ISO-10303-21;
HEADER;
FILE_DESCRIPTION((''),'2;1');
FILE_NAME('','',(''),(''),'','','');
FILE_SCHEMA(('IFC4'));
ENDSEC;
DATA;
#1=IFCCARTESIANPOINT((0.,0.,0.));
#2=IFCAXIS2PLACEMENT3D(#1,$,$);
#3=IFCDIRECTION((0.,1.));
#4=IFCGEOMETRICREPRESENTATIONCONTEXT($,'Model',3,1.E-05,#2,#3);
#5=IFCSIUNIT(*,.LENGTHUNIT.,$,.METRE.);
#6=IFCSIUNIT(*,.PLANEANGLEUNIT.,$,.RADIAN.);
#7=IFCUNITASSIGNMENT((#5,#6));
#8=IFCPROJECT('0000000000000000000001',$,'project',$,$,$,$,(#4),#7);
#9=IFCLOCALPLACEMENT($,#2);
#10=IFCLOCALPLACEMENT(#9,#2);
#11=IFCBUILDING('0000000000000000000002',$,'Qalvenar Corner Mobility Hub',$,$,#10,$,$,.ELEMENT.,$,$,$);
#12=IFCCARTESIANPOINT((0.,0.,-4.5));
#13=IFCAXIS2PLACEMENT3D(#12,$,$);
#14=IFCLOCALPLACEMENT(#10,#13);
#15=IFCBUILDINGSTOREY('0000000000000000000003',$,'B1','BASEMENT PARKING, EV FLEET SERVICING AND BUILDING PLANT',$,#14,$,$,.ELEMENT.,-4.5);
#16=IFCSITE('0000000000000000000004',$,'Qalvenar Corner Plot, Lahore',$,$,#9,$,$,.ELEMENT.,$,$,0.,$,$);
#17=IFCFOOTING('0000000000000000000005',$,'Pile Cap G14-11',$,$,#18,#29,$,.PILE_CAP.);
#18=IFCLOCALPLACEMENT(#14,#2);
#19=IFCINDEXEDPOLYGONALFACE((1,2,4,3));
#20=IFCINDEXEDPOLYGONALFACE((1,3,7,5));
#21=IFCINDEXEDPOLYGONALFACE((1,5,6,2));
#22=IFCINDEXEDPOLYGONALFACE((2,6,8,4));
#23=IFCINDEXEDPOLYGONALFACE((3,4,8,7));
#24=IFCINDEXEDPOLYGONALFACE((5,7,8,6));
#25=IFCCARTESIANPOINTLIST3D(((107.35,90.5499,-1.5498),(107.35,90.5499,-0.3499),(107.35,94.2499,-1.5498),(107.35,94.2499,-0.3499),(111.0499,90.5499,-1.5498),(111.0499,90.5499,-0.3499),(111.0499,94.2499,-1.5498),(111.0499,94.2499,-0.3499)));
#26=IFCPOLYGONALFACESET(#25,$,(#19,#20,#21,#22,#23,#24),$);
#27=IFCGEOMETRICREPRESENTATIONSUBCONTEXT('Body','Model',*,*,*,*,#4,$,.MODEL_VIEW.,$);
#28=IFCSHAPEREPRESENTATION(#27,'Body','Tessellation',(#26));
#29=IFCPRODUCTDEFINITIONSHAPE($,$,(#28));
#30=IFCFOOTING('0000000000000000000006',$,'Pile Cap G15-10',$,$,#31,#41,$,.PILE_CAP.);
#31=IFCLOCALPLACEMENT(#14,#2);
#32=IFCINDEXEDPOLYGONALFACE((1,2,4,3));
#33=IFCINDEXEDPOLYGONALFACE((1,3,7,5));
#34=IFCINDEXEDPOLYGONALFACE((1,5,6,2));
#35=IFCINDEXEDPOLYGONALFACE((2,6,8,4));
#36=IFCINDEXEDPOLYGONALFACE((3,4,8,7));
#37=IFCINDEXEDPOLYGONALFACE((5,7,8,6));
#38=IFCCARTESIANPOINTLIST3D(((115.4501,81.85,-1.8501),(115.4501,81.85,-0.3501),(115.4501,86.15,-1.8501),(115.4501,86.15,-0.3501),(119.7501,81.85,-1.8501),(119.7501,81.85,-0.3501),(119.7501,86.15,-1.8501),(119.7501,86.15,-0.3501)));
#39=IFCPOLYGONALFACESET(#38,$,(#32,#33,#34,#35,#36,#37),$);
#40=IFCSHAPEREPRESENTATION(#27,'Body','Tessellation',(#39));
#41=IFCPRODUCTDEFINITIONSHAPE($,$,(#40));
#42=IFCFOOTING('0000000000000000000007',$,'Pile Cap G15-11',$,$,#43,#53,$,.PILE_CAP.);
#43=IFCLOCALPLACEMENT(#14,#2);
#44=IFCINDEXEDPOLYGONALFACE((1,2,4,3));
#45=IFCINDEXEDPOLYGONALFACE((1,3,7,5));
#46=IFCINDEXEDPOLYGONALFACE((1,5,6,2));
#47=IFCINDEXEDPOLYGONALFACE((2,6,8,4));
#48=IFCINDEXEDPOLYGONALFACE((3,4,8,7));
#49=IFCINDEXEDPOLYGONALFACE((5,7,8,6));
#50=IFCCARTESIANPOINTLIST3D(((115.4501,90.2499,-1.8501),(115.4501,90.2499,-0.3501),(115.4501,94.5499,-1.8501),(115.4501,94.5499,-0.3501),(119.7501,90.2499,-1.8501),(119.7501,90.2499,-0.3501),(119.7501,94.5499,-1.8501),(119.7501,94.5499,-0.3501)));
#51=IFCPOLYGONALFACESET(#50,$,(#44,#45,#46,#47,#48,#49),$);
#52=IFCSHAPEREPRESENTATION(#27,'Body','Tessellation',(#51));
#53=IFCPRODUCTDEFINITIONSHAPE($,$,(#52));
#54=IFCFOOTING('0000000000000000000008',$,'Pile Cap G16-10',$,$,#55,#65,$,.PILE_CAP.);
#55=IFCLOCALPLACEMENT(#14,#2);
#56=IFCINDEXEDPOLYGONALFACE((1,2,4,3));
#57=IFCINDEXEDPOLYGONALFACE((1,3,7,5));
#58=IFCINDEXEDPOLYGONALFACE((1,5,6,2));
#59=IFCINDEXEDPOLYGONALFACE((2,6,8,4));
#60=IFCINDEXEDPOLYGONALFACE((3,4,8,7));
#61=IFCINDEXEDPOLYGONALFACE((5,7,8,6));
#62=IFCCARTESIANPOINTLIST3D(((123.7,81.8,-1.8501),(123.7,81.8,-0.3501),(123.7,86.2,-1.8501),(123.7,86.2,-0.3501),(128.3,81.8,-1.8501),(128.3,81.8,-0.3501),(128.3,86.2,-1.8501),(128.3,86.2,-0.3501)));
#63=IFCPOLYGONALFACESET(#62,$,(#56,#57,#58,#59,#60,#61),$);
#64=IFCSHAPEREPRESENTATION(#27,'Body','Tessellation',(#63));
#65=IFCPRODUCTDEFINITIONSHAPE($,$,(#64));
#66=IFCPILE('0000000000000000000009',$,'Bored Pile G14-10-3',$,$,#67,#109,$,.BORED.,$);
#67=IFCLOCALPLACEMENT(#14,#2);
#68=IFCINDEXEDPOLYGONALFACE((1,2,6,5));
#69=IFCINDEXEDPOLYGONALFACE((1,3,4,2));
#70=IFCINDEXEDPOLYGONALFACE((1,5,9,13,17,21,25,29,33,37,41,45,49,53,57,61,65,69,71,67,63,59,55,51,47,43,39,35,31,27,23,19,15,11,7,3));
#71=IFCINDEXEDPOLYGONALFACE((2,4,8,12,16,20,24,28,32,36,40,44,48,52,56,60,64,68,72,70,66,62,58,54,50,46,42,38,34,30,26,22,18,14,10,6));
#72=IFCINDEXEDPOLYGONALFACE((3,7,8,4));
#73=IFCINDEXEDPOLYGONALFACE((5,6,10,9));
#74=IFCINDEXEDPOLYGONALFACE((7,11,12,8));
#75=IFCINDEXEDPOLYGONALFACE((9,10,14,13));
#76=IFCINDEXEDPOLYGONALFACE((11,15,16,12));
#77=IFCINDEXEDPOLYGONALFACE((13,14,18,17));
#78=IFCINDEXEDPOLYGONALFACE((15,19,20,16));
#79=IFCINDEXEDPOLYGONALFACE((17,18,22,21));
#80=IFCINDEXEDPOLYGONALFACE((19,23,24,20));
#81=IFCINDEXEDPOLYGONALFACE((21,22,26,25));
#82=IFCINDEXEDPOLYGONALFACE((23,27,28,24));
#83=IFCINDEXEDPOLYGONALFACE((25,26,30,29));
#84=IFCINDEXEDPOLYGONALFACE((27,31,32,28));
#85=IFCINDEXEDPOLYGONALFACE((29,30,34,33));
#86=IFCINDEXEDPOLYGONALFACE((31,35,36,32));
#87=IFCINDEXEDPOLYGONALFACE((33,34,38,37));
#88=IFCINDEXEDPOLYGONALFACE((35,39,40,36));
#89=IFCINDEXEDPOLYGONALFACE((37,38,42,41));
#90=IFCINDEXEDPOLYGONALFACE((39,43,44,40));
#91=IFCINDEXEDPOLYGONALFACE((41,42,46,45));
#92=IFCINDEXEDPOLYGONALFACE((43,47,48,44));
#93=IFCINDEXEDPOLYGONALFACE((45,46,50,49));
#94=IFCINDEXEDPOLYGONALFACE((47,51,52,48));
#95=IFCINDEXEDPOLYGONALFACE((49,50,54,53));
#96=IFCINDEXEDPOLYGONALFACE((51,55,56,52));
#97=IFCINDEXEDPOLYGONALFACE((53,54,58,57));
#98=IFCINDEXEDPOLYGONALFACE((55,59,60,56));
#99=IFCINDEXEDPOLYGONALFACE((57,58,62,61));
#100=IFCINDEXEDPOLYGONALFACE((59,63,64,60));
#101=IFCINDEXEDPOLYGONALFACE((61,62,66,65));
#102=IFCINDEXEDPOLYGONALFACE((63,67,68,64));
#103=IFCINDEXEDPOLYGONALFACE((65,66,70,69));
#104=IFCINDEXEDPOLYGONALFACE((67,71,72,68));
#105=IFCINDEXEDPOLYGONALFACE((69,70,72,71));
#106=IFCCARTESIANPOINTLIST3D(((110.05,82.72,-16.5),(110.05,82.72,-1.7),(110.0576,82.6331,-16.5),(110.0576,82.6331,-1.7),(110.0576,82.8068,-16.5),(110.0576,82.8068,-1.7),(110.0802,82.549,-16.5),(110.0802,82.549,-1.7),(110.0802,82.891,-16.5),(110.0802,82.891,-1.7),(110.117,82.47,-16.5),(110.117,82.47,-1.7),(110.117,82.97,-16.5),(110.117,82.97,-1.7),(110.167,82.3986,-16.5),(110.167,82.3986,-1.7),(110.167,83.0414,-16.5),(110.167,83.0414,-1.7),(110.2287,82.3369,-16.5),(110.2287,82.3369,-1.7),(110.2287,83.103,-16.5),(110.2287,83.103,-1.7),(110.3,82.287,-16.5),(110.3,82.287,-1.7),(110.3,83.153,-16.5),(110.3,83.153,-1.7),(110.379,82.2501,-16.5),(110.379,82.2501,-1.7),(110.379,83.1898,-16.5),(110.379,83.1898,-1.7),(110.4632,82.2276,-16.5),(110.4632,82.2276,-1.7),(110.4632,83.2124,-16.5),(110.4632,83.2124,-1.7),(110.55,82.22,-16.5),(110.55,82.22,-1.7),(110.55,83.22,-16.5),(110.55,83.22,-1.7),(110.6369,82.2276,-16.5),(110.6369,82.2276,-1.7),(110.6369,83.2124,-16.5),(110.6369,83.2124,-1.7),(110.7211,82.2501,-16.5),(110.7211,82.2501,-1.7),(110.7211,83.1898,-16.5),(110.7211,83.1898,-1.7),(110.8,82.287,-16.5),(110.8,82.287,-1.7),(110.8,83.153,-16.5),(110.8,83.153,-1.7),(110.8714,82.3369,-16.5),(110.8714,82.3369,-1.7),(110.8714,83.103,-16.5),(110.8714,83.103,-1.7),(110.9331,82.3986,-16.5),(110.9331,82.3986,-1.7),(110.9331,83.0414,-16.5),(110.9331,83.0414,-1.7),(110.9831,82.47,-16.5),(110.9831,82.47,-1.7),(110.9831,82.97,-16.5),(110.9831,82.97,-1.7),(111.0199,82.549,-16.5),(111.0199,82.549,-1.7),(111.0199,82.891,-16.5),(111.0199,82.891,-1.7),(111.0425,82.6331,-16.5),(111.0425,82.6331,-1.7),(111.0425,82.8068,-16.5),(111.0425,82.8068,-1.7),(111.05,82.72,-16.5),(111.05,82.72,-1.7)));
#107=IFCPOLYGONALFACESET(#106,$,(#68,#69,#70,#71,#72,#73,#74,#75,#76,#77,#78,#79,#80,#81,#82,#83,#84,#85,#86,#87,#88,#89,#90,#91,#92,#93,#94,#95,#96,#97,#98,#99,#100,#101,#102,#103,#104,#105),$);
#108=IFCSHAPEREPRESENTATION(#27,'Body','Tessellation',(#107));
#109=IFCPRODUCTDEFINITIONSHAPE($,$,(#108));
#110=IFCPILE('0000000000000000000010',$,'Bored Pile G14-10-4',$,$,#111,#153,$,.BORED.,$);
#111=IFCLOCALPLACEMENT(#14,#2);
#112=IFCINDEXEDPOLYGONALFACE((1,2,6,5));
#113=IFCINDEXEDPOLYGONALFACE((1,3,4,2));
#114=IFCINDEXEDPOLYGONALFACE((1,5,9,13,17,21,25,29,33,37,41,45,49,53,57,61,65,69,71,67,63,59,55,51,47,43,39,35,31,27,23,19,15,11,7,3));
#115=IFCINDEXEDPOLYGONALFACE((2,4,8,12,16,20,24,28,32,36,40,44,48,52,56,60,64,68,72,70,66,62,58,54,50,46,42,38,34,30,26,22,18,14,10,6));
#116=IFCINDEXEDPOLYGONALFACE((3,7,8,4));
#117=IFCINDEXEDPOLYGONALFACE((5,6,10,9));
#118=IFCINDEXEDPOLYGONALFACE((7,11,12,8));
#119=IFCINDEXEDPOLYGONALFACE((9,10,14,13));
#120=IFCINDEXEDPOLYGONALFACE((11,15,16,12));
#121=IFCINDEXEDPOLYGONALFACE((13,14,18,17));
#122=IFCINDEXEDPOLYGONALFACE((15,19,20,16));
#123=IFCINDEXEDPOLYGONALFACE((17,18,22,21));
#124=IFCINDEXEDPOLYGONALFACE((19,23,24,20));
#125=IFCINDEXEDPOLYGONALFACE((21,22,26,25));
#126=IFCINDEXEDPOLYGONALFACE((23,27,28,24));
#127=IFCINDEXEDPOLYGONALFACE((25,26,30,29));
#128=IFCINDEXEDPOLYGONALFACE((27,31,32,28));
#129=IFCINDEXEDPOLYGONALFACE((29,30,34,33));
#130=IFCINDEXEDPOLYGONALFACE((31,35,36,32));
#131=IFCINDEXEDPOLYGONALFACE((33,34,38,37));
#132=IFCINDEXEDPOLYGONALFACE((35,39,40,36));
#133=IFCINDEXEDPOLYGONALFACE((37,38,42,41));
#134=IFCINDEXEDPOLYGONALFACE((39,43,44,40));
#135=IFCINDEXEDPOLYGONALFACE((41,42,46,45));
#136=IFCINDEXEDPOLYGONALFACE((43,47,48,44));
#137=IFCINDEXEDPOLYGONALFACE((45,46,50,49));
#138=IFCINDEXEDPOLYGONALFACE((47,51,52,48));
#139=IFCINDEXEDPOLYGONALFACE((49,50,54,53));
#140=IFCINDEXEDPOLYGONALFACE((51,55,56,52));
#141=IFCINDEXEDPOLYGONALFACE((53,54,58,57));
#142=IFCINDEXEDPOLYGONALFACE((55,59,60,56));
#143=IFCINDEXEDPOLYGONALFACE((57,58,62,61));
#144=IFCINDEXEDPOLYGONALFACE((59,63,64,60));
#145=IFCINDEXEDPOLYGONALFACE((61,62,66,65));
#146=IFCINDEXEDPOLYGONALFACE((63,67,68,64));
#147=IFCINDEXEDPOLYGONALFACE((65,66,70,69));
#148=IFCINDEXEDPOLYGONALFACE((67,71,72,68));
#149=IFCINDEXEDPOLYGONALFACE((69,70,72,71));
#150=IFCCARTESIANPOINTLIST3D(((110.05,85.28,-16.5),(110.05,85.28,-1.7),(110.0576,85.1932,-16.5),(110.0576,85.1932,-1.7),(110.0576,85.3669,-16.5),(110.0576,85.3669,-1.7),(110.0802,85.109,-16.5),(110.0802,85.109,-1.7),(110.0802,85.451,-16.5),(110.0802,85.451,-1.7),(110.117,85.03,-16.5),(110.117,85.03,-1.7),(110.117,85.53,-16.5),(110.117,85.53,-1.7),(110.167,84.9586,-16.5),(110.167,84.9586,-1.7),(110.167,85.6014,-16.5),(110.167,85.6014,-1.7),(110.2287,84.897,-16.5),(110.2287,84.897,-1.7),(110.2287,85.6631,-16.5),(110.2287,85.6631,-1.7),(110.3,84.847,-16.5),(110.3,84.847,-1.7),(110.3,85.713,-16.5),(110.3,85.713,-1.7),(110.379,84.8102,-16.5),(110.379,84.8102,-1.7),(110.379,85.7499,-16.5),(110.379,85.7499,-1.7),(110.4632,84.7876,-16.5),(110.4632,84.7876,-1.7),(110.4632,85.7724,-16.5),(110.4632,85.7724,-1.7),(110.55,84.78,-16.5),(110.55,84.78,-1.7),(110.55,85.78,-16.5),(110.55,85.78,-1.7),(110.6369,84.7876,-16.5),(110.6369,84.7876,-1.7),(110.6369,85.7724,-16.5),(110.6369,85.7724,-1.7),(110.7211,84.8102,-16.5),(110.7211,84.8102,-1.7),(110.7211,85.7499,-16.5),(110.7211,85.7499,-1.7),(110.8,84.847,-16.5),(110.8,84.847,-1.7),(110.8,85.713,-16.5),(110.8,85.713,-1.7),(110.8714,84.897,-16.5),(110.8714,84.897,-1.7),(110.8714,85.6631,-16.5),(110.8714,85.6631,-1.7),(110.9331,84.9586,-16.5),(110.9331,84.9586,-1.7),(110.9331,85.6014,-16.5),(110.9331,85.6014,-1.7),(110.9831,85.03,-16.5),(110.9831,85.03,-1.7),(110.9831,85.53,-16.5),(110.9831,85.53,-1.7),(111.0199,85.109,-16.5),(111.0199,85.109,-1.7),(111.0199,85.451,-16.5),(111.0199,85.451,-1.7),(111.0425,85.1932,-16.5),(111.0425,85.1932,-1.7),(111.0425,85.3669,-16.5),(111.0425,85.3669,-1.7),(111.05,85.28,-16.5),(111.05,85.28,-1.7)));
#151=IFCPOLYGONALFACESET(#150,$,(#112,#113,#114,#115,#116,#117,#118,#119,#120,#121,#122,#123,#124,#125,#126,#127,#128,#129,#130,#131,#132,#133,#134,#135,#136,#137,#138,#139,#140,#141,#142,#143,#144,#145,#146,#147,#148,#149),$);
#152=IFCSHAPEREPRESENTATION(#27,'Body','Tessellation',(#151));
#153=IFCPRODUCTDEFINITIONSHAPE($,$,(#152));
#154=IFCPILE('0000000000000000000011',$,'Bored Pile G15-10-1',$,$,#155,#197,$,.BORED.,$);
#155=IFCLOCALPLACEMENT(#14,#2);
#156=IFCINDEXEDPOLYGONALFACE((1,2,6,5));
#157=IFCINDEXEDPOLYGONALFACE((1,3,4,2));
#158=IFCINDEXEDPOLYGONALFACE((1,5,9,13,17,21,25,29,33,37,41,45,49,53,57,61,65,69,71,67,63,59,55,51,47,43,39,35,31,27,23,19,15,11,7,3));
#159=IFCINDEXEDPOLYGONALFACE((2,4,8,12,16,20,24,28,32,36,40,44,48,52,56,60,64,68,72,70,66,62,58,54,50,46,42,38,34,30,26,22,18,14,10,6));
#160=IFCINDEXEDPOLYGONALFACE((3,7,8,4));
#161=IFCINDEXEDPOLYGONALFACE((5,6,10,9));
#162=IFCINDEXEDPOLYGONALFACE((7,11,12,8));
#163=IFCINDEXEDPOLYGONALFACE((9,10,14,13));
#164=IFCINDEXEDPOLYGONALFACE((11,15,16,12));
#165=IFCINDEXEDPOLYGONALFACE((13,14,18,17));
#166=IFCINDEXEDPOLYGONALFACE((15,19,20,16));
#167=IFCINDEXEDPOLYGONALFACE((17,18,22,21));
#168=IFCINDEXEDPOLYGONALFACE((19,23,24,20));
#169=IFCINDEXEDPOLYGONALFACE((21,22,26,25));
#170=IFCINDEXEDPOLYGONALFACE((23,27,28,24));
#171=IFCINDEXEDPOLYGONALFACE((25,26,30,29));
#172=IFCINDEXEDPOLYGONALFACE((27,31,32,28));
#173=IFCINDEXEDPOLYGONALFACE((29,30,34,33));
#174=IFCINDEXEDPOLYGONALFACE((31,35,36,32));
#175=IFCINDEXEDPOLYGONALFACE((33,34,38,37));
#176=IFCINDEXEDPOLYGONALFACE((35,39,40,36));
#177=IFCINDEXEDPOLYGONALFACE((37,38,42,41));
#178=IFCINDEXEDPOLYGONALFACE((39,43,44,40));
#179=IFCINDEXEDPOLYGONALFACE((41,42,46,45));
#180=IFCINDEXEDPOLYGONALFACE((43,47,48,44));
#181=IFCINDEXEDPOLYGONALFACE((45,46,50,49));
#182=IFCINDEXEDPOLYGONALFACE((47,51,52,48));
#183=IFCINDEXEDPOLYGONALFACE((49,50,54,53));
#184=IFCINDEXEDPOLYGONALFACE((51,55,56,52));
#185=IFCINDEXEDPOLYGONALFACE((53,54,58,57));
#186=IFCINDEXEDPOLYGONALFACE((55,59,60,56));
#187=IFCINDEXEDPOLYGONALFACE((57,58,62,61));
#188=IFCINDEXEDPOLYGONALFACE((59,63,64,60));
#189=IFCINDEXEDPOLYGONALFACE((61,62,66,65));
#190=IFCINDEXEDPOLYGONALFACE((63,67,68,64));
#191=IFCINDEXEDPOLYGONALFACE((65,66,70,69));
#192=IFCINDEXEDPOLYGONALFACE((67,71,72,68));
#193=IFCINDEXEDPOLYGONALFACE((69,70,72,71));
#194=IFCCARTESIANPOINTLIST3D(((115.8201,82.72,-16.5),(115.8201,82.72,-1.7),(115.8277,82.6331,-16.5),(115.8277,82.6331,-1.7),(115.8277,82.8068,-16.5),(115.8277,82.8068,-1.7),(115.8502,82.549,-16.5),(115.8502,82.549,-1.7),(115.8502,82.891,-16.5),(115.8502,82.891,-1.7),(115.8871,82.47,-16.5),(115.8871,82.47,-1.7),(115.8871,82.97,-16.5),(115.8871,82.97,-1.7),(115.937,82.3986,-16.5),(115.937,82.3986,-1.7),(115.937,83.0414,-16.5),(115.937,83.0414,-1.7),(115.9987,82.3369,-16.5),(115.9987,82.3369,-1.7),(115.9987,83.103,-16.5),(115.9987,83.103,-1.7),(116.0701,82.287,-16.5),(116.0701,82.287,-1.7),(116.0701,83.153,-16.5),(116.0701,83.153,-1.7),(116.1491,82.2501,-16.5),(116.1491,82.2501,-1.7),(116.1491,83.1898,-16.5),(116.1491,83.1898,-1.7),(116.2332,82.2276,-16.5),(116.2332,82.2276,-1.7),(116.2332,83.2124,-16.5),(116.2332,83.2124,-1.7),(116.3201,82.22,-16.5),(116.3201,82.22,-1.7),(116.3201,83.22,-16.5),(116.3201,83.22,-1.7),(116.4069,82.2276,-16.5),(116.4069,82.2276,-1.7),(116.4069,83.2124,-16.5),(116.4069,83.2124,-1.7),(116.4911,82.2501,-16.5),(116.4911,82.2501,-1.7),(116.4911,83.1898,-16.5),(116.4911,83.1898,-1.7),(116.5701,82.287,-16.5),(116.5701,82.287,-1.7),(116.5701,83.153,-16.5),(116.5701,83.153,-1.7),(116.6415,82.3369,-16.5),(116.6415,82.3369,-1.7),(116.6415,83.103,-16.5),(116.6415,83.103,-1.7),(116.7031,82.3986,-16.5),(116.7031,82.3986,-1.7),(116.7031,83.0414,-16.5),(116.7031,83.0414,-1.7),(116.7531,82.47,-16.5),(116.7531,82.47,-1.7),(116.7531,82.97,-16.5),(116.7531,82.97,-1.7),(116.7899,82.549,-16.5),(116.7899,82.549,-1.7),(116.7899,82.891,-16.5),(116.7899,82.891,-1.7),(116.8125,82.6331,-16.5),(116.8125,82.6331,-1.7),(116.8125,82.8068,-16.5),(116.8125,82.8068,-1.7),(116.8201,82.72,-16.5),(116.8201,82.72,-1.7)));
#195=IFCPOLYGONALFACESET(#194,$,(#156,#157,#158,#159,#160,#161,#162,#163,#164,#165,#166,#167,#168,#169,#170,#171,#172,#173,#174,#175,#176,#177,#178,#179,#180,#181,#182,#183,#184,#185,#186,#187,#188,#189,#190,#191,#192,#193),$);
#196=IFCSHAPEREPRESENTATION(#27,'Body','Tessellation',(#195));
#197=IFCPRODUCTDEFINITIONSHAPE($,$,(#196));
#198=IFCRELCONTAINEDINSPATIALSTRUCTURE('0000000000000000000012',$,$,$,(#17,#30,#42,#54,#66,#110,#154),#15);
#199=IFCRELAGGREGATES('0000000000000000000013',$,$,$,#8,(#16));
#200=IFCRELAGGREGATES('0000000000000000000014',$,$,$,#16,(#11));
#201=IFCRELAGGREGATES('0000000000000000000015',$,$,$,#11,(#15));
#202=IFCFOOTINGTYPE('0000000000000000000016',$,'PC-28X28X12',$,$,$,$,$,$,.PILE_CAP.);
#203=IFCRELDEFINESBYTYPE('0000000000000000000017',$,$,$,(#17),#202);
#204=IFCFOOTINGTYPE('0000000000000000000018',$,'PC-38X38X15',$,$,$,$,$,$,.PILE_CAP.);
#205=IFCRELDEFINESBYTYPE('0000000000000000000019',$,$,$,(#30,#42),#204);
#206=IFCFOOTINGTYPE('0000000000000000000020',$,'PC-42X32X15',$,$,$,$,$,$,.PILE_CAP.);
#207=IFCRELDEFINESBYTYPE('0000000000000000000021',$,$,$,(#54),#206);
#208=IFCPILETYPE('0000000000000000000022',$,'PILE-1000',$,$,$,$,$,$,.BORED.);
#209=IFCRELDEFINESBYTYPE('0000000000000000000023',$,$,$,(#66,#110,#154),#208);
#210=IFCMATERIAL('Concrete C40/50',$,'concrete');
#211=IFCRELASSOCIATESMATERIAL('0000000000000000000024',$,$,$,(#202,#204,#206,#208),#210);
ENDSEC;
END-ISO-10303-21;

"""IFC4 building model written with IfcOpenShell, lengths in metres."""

from ifc_helpers import new_model, si_unit, direction, frame, origin, origin_2d, place, context, subcontext, project, spatial, rectangle, circle, extrude, material, material_profile, profile_set, type_object, element, save


model = new_model("IFC4")

# Units and contexts
model_context = context("Model", 3, precision=1e-05, world=origin(), true_north=direction((0.0, 1.0)))
body_context = subcontext(model_context, "Body", "Model", "MODEL_VIEW")
ifc_project = project(units=[si_unit("LENGTHUNIT", "METRE"), si_unit("PLANEANGLEUNIT", "RADIAN")], contexts=[model_context])

# Site, building, storey
site_placement = place(None, origin())
site = spatial("IfcSite", under=ifc_project, at=site_placement, Name="Qalvenar Corner Plot, Lahore", CompositionType="ELEMENT", RefElevation=0.0)
building_placement = place(site_placement, origin())
building = spatial("IfcBuilding", under=site, at=building_placement, Name="Qalvenar Corner Mobility Hub", CompositionType="ELEMENT")
storey_placement = place(building_placement, frame((0.0, 0.0, -4.5)))
storey = spatial("IfcBuildingStorey", under=building, at=storey_placement, Name="B1", Description="BASEMENT PARKING, EV FLEET SERVICING AND BUILDING PLANT", CompositionType="ELEMENT", Elevation=-4.5)

# Footings
ifc_material_1 = material(Name="Concrete C40/50", Category="concrete")
footing_type_1 = type_object("IfcFootingType", Name="PC-28X28X12", PredefinedType="PILE_CAP", material=ifc_material_1)
footing_1_placement = place(storey_placement, frame((109.2, 92.3999, -1.5498), z_axis=(0.0, 0.0, 1.0), x_axis=(1.0, 0.0, 0.0)))
element("IfcFooting", 1, at=footing_1_placement, inside=storey, type_object=footing_type_1, Name="Pile Cap G14-11", PredefinedType="PILE_CAP", context=body_context, shape_type="SweptSolid", body=[
    extrude(rectangle(XDim=3.7, YDim=3.7, at=origin_2d()), origin(), (0.0, 0.0, 1.0), 1.2),
])
footing_type_2 = type_object("IfcFootingType", Name="PC-38X38X15", PredefinedType="PILE_CAP", material=ifc_material_1)
for number, where, z_axis, x_axis, name in (
    (2, (117.6001, 84.0, -1.8501), (0.0, 0.0, 1.0), (1.0, 0.0, 0.0), "Pile Cap G15-10"),
    (3, (117.6001, 92.3999, -1.8501), (0.0, 0.0, 1.0), (1.0, 0.0, 0.0), "Pile Cap G15-11"),
):
    element("IfcFooting", number, at=place(storey_placement, frame(where, z_axis=z_axis, x_axis=x_axis)), inside=storey, type_object=footing_type_2, Name=name, PredefinedType="PILE_CAP", context=body_context, shape_type="SweptSolid", body=[
        extrude(rectangle(XDim=4.3, YDim=4.3, at=origin_2d()), origin(), (0.0, 0.0, 1.0), 1.5),
    ])
footing_type_3 = type_object("IfcFootingType", Name="PC-42X32X15", PredefinedType="PILE_CAP", material=ifc_material_1)
footing_2_placement = place(storey_placement, frame((126.0, 84.0, -1.8501), z_axis=(0.0, 0.0, 1.0), x_axis=(1.0, 0.0, 0.0)))
element("IfcFooting", 4, at=footing_2_placement, inside=storey, type_object=footing_type_3, Name="Pile Cap G16-10", PredefinedType="PILE_CAP", context=body_context, shape_type="SweptSolid", body=[
    extrude(rectangle(XDim=4.6001, YDim=4.3999, at=origin_2d()), origin(), (0.0, 0.0, 1.0), 1.5),
])

# Piles
ifc_material_profile_1 = material_profile(ifc_material_1, circle(Radius=0.5, at=origin_2d()), Name="DIA1000")
ifc_profile_set_1 = profile_set([ifc_material_profile_1], Name="Concrete C40/50")
pile_type_1 = type_object("IfcPileType", Name="PILE-1000", PredefinedType="BORED", material=ifc_profile_set_1)
for number, where, z_axis, x_axis, name in (
    (5, (110.55, 82.72, -1.7), (0.0, 0.0, -1.0), (1.0, 0.0, 0.0), "Bored Pile G14-10-3"),
    (6, (110.55, 85.28, -1.7), (0.0, 0.0, -1.0), (1.0, 0.0, 0.0), "Bored Pile G14-10-4"),
    (7, (116.3201, 82.72, -1.7), (0.0, 0.0, -1.0), (1.0, 0.0, 0.0), "Bored Pile G15-10-1"),
):
    element("IfcPile", number, at=place(storey_placement, frame(where, z_axis=z_axis, x_axis=x_axis)), inside=storey, type_object=pile_type_1, Name=name, PredefinedType="BORED", context=body_context, shape_type="SweptSolid", body=[
        extrude(circle(Radius=0.5, at=origin_2d()), origin(), (0.0, 0.0, 1.0), 14.8),
    ])

save(model, "model.ifc")
